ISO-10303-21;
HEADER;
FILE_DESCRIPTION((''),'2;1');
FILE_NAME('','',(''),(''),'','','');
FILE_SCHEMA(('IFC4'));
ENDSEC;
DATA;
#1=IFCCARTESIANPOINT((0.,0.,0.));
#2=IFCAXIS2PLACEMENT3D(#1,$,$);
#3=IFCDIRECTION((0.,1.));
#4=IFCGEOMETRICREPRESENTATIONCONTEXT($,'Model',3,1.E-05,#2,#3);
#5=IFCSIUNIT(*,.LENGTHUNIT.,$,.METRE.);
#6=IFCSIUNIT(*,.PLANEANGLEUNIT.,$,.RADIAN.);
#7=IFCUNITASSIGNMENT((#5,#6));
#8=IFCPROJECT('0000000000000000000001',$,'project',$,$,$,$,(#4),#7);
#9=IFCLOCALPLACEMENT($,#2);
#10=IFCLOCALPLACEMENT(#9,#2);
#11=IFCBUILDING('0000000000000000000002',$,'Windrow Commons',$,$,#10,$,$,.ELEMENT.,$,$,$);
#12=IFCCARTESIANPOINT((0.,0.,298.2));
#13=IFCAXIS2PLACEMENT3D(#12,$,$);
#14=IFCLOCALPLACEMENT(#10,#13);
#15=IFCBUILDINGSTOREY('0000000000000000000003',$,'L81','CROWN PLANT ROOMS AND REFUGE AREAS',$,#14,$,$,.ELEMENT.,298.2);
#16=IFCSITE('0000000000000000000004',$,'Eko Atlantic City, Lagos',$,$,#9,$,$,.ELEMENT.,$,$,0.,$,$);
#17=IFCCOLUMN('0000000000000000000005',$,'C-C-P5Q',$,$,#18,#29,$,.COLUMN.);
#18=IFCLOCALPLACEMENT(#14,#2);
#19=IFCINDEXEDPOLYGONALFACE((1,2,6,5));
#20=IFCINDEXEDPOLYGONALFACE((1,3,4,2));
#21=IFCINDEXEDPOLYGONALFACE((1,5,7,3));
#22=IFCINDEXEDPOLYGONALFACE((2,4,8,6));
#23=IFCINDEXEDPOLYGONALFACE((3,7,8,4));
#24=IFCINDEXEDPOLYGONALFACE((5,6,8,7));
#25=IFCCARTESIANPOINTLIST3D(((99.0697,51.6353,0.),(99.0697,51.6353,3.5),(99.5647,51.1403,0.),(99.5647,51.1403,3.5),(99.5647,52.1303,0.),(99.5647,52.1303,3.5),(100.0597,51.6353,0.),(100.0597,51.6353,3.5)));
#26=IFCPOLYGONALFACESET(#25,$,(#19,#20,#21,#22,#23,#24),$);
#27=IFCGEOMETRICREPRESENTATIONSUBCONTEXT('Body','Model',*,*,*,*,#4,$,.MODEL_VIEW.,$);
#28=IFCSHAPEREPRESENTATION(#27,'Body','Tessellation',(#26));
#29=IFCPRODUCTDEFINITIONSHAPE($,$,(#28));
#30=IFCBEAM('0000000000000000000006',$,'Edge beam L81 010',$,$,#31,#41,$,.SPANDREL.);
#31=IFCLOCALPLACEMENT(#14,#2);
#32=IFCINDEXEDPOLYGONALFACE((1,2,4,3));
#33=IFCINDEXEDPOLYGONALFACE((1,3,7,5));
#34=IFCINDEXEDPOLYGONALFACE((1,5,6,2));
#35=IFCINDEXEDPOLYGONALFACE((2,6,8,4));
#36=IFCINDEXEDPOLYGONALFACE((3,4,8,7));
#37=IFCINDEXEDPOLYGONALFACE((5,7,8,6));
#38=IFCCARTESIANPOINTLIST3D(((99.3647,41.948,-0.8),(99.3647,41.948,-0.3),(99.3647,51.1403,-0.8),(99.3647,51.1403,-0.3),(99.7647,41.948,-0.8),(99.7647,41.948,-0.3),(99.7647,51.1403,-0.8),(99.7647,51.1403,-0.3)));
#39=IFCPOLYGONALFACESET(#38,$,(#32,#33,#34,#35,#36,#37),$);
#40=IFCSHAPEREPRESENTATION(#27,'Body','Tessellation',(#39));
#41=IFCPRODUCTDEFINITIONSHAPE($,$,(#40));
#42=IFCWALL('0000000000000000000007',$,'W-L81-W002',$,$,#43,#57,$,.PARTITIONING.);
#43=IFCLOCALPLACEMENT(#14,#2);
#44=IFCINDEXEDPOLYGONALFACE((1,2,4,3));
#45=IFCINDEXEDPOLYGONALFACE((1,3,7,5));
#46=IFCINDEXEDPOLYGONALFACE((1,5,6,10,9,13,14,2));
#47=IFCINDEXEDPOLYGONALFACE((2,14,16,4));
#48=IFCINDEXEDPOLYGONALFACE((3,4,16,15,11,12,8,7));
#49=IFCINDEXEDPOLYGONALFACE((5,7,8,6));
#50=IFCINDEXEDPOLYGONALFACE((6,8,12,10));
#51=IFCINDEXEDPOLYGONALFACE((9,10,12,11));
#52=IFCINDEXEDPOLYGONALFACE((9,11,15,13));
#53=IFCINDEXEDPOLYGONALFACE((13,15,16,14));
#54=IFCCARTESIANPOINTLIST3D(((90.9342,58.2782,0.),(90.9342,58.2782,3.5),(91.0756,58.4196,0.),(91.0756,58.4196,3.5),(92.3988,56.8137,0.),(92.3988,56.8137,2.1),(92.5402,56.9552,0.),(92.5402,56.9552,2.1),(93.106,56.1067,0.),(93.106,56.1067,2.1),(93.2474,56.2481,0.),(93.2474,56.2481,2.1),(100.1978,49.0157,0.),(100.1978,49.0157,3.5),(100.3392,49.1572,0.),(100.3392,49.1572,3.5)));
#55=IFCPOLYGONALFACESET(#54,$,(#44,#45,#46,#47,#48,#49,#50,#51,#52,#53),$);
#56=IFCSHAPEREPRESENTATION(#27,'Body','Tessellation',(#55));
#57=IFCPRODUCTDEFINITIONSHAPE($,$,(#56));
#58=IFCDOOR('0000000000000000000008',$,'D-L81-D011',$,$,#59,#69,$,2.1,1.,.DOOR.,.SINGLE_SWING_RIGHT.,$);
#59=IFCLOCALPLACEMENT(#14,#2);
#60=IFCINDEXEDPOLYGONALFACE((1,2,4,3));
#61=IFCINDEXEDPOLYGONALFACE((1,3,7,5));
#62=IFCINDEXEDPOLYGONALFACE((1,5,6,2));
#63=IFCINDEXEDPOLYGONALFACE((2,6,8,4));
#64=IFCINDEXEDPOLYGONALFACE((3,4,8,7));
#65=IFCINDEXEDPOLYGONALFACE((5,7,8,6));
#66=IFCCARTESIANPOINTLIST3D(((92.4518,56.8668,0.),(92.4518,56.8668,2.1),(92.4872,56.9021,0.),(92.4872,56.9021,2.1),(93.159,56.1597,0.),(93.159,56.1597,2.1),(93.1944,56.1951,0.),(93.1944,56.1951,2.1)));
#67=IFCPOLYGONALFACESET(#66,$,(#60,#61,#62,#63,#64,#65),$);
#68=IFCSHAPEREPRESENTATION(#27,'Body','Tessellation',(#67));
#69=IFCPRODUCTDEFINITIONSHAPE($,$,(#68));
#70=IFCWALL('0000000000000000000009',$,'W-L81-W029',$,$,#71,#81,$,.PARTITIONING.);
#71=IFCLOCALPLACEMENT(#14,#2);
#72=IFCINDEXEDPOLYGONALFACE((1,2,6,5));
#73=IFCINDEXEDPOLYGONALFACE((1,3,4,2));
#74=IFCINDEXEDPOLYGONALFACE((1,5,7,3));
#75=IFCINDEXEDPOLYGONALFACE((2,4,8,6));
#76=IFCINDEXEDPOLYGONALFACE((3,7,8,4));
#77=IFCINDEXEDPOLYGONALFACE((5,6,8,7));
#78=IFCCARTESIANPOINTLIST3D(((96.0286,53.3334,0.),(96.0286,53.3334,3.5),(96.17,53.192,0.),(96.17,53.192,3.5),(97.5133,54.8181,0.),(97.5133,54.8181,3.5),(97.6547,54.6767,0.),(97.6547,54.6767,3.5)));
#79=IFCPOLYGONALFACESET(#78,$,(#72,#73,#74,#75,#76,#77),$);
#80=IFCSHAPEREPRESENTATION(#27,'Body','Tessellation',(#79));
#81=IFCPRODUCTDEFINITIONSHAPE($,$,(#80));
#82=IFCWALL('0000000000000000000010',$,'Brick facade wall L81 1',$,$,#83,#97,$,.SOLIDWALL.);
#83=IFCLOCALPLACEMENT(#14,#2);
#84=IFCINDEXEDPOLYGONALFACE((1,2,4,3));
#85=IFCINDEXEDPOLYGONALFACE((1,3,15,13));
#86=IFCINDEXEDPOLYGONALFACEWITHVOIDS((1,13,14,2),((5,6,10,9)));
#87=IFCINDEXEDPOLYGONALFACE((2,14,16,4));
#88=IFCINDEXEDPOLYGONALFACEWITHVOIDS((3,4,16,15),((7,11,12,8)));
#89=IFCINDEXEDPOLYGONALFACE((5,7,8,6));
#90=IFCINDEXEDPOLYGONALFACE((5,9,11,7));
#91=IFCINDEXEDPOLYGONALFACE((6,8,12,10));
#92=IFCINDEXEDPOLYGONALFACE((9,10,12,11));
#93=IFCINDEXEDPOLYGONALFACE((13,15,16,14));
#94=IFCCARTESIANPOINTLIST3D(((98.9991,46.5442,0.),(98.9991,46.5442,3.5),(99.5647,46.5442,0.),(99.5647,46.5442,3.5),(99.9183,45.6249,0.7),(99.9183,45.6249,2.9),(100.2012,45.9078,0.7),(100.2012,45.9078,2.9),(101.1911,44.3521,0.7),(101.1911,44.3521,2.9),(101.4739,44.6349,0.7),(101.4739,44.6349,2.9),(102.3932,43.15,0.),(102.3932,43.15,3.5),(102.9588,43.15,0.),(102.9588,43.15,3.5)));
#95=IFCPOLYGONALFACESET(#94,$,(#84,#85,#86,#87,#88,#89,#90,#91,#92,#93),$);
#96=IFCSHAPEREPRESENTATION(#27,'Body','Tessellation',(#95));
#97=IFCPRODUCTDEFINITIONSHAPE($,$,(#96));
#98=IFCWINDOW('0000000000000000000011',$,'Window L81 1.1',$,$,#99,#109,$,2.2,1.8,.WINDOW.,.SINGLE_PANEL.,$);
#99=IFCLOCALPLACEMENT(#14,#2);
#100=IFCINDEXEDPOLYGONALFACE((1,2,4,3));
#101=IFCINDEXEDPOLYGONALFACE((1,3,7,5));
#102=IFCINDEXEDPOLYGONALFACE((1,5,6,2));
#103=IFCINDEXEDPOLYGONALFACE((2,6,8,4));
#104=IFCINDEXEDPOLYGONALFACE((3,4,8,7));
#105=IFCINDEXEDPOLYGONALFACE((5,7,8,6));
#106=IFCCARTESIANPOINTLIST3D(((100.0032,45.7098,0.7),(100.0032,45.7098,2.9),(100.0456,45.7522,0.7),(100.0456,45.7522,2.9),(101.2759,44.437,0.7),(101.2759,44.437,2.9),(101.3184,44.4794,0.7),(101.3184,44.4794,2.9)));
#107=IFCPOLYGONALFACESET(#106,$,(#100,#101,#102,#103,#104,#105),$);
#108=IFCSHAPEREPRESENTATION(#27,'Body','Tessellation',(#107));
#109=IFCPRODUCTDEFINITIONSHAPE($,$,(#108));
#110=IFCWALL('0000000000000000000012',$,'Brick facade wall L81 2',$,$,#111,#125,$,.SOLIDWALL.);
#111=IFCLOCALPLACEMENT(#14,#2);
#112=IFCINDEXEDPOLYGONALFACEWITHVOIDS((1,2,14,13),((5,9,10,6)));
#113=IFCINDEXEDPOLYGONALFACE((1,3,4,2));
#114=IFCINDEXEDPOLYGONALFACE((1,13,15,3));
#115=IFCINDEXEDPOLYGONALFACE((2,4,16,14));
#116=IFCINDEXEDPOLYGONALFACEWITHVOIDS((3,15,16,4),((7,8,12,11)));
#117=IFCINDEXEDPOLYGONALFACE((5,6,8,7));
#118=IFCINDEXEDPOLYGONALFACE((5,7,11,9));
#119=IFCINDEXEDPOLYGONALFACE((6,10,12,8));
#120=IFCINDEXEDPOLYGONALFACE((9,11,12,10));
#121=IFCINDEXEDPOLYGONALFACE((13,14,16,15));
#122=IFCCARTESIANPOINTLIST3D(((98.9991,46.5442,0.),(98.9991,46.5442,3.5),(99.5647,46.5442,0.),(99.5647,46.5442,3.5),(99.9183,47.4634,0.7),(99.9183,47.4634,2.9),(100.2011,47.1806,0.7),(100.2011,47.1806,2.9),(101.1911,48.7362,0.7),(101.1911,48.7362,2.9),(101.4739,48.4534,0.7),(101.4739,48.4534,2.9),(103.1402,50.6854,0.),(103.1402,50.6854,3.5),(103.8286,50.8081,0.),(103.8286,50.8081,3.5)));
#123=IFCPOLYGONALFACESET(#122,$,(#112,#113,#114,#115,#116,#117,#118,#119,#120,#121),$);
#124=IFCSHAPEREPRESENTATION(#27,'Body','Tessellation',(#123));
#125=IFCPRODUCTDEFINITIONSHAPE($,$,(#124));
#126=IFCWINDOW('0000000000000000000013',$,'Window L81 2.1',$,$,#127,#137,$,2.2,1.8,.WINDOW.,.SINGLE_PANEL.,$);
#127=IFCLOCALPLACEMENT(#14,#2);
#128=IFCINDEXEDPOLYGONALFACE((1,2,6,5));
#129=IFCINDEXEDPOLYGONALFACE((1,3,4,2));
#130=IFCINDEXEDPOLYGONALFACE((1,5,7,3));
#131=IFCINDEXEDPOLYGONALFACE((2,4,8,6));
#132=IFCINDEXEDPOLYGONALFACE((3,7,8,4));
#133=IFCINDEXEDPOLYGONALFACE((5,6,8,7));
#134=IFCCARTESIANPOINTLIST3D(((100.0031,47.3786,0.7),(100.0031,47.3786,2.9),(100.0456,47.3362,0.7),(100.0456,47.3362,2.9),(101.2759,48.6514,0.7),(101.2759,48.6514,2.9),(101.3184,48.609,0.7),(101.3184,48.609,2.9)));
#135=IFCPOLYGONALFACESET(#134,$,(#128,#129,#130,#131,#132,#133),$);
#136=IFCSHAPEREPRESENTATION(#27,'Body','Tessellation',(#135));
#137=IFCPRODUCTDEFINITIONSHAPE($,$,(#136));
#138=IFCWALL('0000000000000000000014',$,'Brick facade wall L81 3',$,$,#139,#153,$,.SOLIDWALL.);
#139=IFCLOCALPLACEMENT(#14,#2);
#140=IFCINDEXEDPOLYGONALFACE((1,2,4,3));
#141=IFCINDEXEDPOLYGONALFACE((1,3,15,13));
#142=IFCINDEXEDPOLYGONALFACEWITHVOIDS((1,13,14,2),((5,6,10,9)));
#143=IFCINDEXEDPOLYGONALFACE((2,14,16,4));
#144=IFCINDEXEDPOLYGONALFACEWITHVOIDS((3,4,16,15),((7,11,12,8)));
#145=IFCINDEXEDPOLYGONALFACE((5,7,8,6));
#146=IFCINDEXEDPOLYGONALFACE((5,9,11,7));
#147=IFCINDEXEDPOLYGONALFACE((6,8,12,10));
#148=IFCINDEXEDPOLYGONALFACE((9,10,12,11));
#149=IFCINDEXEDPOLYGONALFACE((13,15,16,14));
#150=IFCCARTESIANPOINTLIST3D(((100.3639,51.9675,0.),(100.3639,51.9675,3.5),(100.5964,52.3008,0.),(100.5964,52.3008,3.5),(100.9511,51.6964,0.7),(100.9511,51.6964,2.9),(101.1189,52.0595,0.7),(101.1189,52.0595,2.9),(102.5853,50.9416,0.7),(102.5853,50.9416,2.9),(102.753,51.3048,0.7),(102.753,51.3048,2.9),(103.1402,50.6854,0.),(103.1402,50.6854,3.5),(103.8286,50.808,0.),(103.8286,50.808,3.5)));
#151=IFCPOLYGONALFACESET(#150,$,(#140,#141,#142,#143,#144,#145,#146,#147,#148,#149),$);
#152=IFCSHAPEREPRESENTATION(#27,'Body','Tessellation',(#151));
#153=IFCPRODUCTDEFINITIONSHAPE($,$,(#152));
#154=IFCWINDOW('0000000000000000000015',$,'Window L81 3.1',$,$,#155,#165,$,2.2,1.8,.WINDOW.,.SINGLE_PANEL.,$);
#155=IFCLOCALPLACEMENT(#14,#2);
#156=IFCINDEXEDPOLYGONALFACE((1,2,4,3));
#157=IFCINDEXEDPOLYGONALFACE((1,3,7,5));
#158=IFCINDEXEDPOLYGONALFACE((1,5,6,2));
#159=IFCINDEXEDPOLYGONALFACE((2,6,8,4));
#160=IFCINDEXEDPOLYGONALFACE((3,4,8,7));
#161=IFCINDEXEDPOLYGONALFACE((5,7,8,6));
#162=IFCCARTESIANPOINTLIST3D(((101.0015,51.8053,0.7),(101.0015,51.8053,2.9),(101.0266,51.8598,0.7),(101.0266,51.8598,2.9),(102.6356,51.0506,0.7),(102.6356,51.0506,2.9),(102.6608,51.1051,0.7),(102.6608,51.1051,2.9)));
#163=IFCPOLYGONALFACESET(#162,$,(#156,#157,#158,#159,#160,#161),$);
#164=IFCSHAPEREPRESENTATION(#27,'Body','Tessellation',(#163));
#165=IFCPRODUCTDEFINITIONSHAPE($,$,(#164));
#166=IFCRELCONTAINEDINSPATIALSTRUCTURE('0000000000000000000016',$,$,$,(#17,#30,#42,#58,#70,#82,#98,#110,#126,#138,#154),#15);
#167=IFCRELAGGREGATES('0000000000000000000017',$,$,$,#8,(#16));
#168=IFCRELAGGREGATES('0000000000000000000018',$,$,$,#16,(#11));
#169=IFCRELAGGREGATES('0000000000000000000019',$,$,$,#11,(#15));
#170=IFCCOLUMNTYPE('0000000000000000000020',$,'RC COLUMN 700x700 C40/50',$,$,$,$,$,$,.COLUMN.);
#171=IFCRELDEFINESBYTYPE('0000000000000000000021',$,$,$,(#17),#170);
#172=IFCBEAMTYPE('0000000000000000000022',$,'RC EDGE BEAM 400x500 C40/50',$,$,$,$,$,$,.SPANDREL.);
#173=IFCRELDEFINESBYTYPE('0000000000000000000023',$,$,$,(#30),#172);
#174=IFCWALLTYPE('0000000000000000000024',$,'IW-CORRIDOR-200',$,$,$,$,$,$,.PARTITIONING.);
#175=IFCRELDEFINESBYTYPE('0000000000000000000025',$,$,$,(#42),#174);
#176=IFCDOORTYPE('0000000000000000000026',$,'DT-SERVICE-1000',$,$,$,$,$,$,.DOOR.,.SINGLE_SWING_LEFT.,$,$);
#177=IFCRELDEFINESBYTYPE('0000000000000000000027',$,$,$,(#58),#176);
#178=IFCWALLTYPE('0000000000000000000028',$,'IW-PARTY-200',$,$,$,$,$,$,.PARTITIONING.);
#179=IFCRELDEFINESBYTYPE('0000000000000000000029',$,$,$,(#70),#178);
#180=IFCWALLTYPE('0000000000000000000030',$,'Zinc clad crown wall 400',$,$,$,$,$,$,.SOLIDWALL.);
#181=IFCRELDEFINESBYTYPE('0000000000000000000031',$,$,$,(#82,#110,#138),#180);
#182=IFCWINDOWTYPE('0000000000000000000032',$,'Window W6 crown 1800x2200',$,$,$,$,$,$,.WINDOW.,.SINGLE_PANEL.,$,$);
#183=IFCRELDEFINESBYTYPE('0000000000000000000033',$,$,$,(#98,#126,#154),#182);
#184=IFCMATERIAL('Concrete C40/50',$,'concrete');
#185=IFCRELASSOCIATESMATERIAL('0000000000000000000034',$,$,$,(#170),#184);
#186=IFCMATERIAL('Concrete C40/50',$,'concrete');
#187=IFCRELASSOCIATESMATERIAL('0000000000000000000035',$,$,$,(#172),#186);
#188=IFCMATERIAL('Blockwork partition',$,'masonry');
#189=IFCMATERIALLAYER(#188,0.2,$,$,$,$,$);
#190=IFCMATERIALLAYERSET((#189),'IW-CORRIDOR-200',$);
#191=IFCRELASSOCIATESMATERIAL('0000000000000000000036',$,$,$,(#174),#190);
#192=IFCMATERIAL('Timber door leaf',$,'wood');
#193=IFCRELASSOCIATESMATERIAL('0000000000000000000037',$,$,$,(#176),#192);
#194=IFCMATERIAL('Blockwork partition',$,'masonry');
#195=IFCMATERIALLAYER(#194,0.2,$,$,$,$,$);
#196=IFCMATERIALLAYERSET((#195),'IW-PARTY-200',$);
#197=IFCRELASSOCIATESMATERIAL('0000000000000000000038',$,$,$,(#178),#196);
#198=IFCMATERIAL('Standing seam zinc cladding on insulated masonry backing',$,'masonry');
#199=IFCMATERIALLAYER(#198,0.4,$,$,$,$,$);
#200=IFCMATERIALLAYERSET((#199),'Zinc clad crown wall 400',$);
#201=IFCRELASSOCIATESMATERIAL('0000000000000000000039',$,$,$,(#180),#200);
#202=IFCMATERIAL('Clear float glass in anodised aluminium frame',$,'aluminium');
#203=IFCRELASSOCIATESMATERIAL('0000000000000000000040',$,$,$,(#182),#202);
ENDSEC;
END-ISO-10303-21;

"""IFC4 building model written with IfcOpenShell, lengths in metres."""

from ifc_helpers import new_model, si_unit, direction, frame, frame_2d, origin, origin_2d, place, context, subcontext, project, spatial, polyline, rectangle, outline, extrude, material, layer, layer_set, material_profile, profile_set, type_object, element, fill, save


model = new_model("IFC4")

# Units and contexts
model_context = context("Model", 3, precision=1e-05, world=origin(), true_north=direction((0.0, 1.0)))
body_context = subcontext(model_context, "Body", "Model", "MODEL_VIEW")
ifc_project = project(units=[si_unit("LENGTHUNIT", "METRE"), si_unit("PLANEANGLEUNIT", "RADIAN")], contexts=[model_context])

# Site, building, storey
site_placement = place(None, origin())
site = spatial("IfcSite", under=ifc_project, at=site_placement, Name="Eko Atlantic City, Lagos", CompositionType="ELEMENT", RefElevation=0.0)
building_placement = place(site_placement, origin())
building = spatial("IfcBuilding", under=site, at=building_placement, Name="Windrow Commons", CompositionType="ELEMENT")
storey_placement = place(building_placement, frame((0.0, 0.0, 298.2)))
storey = spatial("IfcBuildingStorey", under=building, at=storey_placement, Name="L81", Description="CROWN PLANT ROOMS AND REFUGE AREAS", CompositionType="ELEMENT", Elevation=298.2)

# Column
ifc_material_1 = material(Name="Concrete C40/50", Category="concrete")
ifc_material_profile_1 = material_profile(ifc_material_1, rectangle(XDim=0.7, YDim=0.7, at=origin_2d()))
ifc_profile_set_1 = profile_set([ifc_material_profile_1], Name="Concrete C40/50")
column_type = type_object("IfcColumnType", Name="RC COLUMN 700x700 C40/50", PredefinedType="COLUMN", material=ifc_profile_set_1)
column_placement = place(storey_placement, frame((99.5647, 51.6353, 0.0), z_axis=(0.0, 0.0, 1.0), x_axis=(0.707107, -0.707107, 0.0)))
element("IfcColumn", 1, at=column_placement, inside=storey, type_object=column_type, Name="C-C-P5Q", PredefinedType="COLUMN", context=body_context, shape_type="SweptSolid", body=[
    extrude(rectangle(XDim=0.7, YDim=0.7, at=origin_2d()), origin(), (0.0, 0.0, 1.0), 3.5),
])

# Beam
ifc_material_2 = material(Name="Concrete C40/50", Category="concrete")
ifc_material_profile_2 = material_profile(ifc_material_2, rectangle(XDim=0.4, YDim=0.5, at=origin_2d()))
ifc_profile_set_2 = profile_set([ifc_material_profile_2], Name="Concrete C40/50")
beam_type = type_object("IfcBeamType", Name="RC EDGE BEAM 400x500 C40/50", PredefinedType="SPANDREL", material=ifc_profile_set_2)
beam_placement = place(storey_placement, frame((99.5647, 51.1403, -0.55), z_axis=(0.0, -1.0, 0.0), x_axis=(1.0, 0.0, 0.0)))
element("IfcBeam", 2, at=beam_placement, inside=storey, type_object=beam_type, Name="Edge beam L81 010", PredefinedType="SPANDREL", context=body_context, shape_type="SweptSolid", body=[
    extrude(rectangle(XDim=0.4, YDim=0.5, at=origin_2d()), origin(), (0.0, 0.0, 1.0), 9.1923),
])

# Wall, opening, door
ifc_material_3 = material(Name="Blockwork partition", Category="masonry")
ifc_layer_1 = layer(ifc_material_3, 0.2)
ifc_layer_set_1 = layer_set([ifc_layer_1], Name="IW-CORRIDOR-200")
wall_type_1 = type_object("IfcWallType", Name="IW-CORRIDOR-200", PredefinedType="PARTITIONING", material=ifc_layer_set_1)
wall_1_placement = place(storey_placement, frame((100.2685, 49.0865, 0.0), z_axis=(0.0, 0.0, 1.0), x_axis=(-0.707153, 0.707061, 0.0)))
wall_1 = element("IfcWall", 3, at=wall_1_placement, inside=storey, type_object=wall_type_1, Name="W-L81-W002", PredefinedType="PARTITIONING", context=body_context, shape_type="SweptSolid", body=[
    extrude(rectangle(XDim=13.0999, YDim=0.2, at=frame_2d((6.5499, 0.0))), origin(), (0.0, 0.0, 1.0), 3.5),
])
opening_1_placement = place(wall_1_placement, frame((10.0287, 0.0, 0.0)))
opening_1 = element("IfcOpeningElement", 4, at=opening_1_placement, cuts=wall_1, PredefinedType="OPENING", context=body_context, shape_type="SweptSolid", body=[
    extrude(rectangle(XDim=1.0, YDim=2.1, at=frame_2d((0.5, 1.05))), frame((0.0, 0.11, 0.0), z_axis=(0.0, -1.0, 0.0), x_axis=(1.0, 0.0, 0.0)), (0.0, 0.0, 1.0), 0.22),
])
ifc_material_4 = material(Name="Timber door leaf", Category="wood")
door_type = type_object("IfcDoorType", Name="DT-SERVICE-1000", OperationType="SINGLE_SWING_LEFT", PredefinedType="DOOR", material=ifc_material_4)
door_placement = place(opening_1_placement, origin())
door = element("IfcDoor", 5, at=door_placement, inside=storey, type_object=door_type, Name="D-L81-D011", OperationType="SINGLE_SWING_RIGHT", OverallHeight=2.1, OverallWidth=1.0, PredefinedType="DOOR", context=body_context, shape_type="SweptSolid", body=[
    extrude(rectangle(XDim=1.0, YDim=2.1, at=frame_2d((0.5, 1.05))), frame((0.0, 0.025, 0.0), z_axis=(0.0, -1.0, 0.0), x_axis=(1.0, 0.0, 0.0)), (0.0, 0.0, 1.0), 0.05),
])
fill(opening_1, door)

# Wall
ifc_material_5 = material(Name="Blockwork partition", Category="masonry")
ifc_layer_2 = layer(ifc_material_5, 0.2)
ifc_layer_set_2 = layer_set([ifc_layer_2], Name="IW-PARTY-200")
wall_type_2 = type_object("IfcWallType", Name="IW-PARTY-200", PredefinedType="PARTITIONING", material=ifc_layer_set_2)
wall_2_placement = place(storey_placement, frame((96.0993, 53.2627, 0.0), z_axis=(0.0, 0.0, 1.0), x_axis=(0.707107, 0.707107, 0.0)))
element("IfcWall", 6, at=wall_2_placement, inside=storey, type_object=wall_type_2, Name="W-L81-W029", PredefinedType="PARTITIONING", context=body_context, shape_type="SweptSolid", body=[
    extrude(outline(polyline([(0.0, -0.1), (2.0997, -0.1), (2.0997, 0.1), (0.0, 0.1), (0.0, -0.1)])), origin(), (0.0, 0.0, 1.0), 3.5),
])

# Walls, openings, windows
ifc_material_6 = material(Name="Standing seam zinc cladding on insulated masonry backing", Category="masonry")
ifc_layer_3 = layer(ifc_material_6, 0.4)
ifc_layer_set_3 = layer_set([ifc_layer_3], Name="Zinc clad crown wall 400")
wall_type_3 = type_object("IfcWallType", Name="Zinc clad crown wall 400", PredefinedType="SOLIDWALL", material=ifc_layer_set_3)
wall_3_placement = place(storey_placement, frame((102.676, 43.15, 0.0), z_axis=(0.0, 0.0, 1.0), x_axis=(-0.707096, 0.707117, 0.0)))
wall_3 = element("IfcWall", 7, at=wall_3_placement, inside=storey, type_object=wall_type_3, Name="Brick facade wall L81 1", PredefinedType="SOLIDWALL", context=body_context, shape_type="SweptSolid", body=[
    extrude(outline(polyline([(-0.2, -0.2), (4.6001, -0.2), (5.0, 0.2), (0.2, 0.2), (-0.2, -0.2)])), origin(), (0.0, 0.0, 1.0), 3.5),
])
opening_2_placement = place(wall_3_placement, frame((1.9, 0.0, 0.7)))
opening_2 = element("IfcOpeningElement", 8, at=opening_2_placement, cuts=wall_3, PredefinedType="OPENING", context=body_context, shape_type="SweptSolid", body=[
    extrude(rectangle(XDim=1.8, YDim=2.2, at=frame_2d((0.9, 1.1))), frame((0.0, 0.21, 0.0), z_axis=(0.0, -1.0, 0.0), x_axis=(1.0, 0.0, 0.0)), (0.0, 0.0, 1.0), 0.42),
])
ifc_material_7 = material(Name="Clear float glass in anodised aluminium frame", Category="aluminium")
window_type = type_object("IfcWindowType", Name="Window W6 crown 1800x2200", PartitioningType="SINGLE_PANEL", PredefinedType="WINDOW", material=ifc_material_7)
window_1_placement = place(opening_2_placement, origin())
window_1 = element("IfcWindow", 9, at=window_1_placement, inside=storey, type_object=window_type, Name="Window L81 1.1", OverallHeight=2.2, OverallWidth=1.8, PartitioningType="SINGLE_PANEL", PredefinedType="WINDOW", context=body_context, shape_type="SweptSolid", body=[
    extrude(rectangle(XDim=1.8, YDim=2.2, at=frame_2d((0.9, 1.1))), frame((0.0, 0.08, 0.0), z_axis=(0.0, -1.0, 0.0), x_axis=(1.0, 0.0, 0.0)), (0.0, 0.0, 1.0), 0.06),
])
fill(opening_2, window_1)
wall_4_placement = place(storey_placement, frame((99.2819, 46.5442, 0.0), z_axis=(0.0, 0.0, 1.0), x_axis=(0.707107, 0.707107, 0.0)))
wall_4 = element("IfcWall", 10, at=wall_4_placement, inside=storey, type_object=wall_type_3, Name="Brick facade wall L81 2", PredefinedType="SOLIDWALL", context=body_context, shape_type="SweptSolid", body=[
    extrude(outline(polyline([(0.2, -0.2), (6.23, -0.2), (5.6565, 0.2), (-0.2, 0.2), (0.2, -0.2)])), origin(), (0.0, 0.0, 1.0), 3.5),
])
opening_3_placement = place(wall_4_placement, frame((1.1, 0.0, 0.7)))
opening_3 = element("IfcOpeningElement", 11, at=opening_3_placement, cuts=wall_4, PredefinedType="OPENING", context=body_context, shape_type="SweptSolid", body=[
    extrude(rectangle(XDim=1.8, YDim=2.2, at=frame_2d((0.9, 1.1))), frame((0.0, 0.21, 0.0), z_axis=(0.0, -1.0, 0.0), x_axis=(1.0, 0.0, 0.0)), (0.0, 0.0, 1.0), 0.42),
])
window_2_placement = place(opening_3_placement, origin())
window_2 = element("IfcWindow", 12, at=window_2_placement, inside=storey, type_object=window_type, Name="Window L81 2.1", OverallHeight=2.2, OverallWidth=1.8, PartitioningType="SINGLE_PANEL", PredefinedType="WINDOW", context=body_context, shape_type="SweptSolid", body=[
    extrude(rectangle(XDim=1.8, YDim=2.2, at=frame_2d((0.9, 1.1))), frame((0.0, 0.08, 0.0), z_axis=(0.0, -1.0, 0.0), x_axis=(1.0, 0.0, 0.0)), (0.0, 0.0, 1.0), 0.06),
])
fill(opening_3, window_2)
wall_5_placement = place(storey_placement, frame((103.4844, 50.7467, 0.0), z_axis=(0.0, 0.0, 1.0), x_axis=(-0.907856, 0.419282, 0.0)))
wall_5 = element("IfcWall", 13, at=wall_5_placement, inside=storey, type_object=wall_type_3, Name="Brick facade wall L81 3", PredefinedType="SOLIDWALL", context=body_context, shape_type="SweptSolid", body=[
    extrude(outline(polyline([(-0.2868, -0.2), (3.2735, -0.2), (3.3448, 0.2), (0.2868, 0.2), (-0.2868, -0.2)])), origin(), (0.0, 0.0, 1.0), 3.5),
])
opening_4_placement = place(wall_5_placement, frame((0.898, 0.0, 0.7)))
opening_4 = element("IfcOpeningElement", 14, at=opening_4_placement, cuts=wall_5, PredefinedType="OPENING", context=body_context, shape_type="SweptSolid", body=[
    extrude(rectangle(XDim=1.8, YDim=2.2, at=frame_2d((0.9, 1.1))), frame((0.0, 0.21, 0.0), z_axis=(0.0, -1.0, 0.0), x_axis=(1.0, 0.0, 0.0)), (0.0, 0.0, 1.0), 0.42),
])
window_3_placement = place(opening_4_placement, origin())
window_3 = element("IfcWindow", 15, at=window_3_placement, inside=storey, type_object=window_type, Name="Window L81 3.1", OverallHeight=2.2, OverallWidth=1.8, PartitioningType="SINGLE_PANEL", PredefinedType="WINDOW", context=body_context, shape_type="SweptSolid", body=[
    extrude(rectangle(XDim=1.8, YDim=2.2, at=frame_2d((0.9, 1.1))), frame((0.0, 0.08, 0.0), z_axis=(0.0, -1.0, 0.0), x_axis=(1.0, 0.0, 0.0)), (0.0, 0.0, 1.0), 0.06),
])
fill(opening_4, window_3)

save(model, "model.ifc")
